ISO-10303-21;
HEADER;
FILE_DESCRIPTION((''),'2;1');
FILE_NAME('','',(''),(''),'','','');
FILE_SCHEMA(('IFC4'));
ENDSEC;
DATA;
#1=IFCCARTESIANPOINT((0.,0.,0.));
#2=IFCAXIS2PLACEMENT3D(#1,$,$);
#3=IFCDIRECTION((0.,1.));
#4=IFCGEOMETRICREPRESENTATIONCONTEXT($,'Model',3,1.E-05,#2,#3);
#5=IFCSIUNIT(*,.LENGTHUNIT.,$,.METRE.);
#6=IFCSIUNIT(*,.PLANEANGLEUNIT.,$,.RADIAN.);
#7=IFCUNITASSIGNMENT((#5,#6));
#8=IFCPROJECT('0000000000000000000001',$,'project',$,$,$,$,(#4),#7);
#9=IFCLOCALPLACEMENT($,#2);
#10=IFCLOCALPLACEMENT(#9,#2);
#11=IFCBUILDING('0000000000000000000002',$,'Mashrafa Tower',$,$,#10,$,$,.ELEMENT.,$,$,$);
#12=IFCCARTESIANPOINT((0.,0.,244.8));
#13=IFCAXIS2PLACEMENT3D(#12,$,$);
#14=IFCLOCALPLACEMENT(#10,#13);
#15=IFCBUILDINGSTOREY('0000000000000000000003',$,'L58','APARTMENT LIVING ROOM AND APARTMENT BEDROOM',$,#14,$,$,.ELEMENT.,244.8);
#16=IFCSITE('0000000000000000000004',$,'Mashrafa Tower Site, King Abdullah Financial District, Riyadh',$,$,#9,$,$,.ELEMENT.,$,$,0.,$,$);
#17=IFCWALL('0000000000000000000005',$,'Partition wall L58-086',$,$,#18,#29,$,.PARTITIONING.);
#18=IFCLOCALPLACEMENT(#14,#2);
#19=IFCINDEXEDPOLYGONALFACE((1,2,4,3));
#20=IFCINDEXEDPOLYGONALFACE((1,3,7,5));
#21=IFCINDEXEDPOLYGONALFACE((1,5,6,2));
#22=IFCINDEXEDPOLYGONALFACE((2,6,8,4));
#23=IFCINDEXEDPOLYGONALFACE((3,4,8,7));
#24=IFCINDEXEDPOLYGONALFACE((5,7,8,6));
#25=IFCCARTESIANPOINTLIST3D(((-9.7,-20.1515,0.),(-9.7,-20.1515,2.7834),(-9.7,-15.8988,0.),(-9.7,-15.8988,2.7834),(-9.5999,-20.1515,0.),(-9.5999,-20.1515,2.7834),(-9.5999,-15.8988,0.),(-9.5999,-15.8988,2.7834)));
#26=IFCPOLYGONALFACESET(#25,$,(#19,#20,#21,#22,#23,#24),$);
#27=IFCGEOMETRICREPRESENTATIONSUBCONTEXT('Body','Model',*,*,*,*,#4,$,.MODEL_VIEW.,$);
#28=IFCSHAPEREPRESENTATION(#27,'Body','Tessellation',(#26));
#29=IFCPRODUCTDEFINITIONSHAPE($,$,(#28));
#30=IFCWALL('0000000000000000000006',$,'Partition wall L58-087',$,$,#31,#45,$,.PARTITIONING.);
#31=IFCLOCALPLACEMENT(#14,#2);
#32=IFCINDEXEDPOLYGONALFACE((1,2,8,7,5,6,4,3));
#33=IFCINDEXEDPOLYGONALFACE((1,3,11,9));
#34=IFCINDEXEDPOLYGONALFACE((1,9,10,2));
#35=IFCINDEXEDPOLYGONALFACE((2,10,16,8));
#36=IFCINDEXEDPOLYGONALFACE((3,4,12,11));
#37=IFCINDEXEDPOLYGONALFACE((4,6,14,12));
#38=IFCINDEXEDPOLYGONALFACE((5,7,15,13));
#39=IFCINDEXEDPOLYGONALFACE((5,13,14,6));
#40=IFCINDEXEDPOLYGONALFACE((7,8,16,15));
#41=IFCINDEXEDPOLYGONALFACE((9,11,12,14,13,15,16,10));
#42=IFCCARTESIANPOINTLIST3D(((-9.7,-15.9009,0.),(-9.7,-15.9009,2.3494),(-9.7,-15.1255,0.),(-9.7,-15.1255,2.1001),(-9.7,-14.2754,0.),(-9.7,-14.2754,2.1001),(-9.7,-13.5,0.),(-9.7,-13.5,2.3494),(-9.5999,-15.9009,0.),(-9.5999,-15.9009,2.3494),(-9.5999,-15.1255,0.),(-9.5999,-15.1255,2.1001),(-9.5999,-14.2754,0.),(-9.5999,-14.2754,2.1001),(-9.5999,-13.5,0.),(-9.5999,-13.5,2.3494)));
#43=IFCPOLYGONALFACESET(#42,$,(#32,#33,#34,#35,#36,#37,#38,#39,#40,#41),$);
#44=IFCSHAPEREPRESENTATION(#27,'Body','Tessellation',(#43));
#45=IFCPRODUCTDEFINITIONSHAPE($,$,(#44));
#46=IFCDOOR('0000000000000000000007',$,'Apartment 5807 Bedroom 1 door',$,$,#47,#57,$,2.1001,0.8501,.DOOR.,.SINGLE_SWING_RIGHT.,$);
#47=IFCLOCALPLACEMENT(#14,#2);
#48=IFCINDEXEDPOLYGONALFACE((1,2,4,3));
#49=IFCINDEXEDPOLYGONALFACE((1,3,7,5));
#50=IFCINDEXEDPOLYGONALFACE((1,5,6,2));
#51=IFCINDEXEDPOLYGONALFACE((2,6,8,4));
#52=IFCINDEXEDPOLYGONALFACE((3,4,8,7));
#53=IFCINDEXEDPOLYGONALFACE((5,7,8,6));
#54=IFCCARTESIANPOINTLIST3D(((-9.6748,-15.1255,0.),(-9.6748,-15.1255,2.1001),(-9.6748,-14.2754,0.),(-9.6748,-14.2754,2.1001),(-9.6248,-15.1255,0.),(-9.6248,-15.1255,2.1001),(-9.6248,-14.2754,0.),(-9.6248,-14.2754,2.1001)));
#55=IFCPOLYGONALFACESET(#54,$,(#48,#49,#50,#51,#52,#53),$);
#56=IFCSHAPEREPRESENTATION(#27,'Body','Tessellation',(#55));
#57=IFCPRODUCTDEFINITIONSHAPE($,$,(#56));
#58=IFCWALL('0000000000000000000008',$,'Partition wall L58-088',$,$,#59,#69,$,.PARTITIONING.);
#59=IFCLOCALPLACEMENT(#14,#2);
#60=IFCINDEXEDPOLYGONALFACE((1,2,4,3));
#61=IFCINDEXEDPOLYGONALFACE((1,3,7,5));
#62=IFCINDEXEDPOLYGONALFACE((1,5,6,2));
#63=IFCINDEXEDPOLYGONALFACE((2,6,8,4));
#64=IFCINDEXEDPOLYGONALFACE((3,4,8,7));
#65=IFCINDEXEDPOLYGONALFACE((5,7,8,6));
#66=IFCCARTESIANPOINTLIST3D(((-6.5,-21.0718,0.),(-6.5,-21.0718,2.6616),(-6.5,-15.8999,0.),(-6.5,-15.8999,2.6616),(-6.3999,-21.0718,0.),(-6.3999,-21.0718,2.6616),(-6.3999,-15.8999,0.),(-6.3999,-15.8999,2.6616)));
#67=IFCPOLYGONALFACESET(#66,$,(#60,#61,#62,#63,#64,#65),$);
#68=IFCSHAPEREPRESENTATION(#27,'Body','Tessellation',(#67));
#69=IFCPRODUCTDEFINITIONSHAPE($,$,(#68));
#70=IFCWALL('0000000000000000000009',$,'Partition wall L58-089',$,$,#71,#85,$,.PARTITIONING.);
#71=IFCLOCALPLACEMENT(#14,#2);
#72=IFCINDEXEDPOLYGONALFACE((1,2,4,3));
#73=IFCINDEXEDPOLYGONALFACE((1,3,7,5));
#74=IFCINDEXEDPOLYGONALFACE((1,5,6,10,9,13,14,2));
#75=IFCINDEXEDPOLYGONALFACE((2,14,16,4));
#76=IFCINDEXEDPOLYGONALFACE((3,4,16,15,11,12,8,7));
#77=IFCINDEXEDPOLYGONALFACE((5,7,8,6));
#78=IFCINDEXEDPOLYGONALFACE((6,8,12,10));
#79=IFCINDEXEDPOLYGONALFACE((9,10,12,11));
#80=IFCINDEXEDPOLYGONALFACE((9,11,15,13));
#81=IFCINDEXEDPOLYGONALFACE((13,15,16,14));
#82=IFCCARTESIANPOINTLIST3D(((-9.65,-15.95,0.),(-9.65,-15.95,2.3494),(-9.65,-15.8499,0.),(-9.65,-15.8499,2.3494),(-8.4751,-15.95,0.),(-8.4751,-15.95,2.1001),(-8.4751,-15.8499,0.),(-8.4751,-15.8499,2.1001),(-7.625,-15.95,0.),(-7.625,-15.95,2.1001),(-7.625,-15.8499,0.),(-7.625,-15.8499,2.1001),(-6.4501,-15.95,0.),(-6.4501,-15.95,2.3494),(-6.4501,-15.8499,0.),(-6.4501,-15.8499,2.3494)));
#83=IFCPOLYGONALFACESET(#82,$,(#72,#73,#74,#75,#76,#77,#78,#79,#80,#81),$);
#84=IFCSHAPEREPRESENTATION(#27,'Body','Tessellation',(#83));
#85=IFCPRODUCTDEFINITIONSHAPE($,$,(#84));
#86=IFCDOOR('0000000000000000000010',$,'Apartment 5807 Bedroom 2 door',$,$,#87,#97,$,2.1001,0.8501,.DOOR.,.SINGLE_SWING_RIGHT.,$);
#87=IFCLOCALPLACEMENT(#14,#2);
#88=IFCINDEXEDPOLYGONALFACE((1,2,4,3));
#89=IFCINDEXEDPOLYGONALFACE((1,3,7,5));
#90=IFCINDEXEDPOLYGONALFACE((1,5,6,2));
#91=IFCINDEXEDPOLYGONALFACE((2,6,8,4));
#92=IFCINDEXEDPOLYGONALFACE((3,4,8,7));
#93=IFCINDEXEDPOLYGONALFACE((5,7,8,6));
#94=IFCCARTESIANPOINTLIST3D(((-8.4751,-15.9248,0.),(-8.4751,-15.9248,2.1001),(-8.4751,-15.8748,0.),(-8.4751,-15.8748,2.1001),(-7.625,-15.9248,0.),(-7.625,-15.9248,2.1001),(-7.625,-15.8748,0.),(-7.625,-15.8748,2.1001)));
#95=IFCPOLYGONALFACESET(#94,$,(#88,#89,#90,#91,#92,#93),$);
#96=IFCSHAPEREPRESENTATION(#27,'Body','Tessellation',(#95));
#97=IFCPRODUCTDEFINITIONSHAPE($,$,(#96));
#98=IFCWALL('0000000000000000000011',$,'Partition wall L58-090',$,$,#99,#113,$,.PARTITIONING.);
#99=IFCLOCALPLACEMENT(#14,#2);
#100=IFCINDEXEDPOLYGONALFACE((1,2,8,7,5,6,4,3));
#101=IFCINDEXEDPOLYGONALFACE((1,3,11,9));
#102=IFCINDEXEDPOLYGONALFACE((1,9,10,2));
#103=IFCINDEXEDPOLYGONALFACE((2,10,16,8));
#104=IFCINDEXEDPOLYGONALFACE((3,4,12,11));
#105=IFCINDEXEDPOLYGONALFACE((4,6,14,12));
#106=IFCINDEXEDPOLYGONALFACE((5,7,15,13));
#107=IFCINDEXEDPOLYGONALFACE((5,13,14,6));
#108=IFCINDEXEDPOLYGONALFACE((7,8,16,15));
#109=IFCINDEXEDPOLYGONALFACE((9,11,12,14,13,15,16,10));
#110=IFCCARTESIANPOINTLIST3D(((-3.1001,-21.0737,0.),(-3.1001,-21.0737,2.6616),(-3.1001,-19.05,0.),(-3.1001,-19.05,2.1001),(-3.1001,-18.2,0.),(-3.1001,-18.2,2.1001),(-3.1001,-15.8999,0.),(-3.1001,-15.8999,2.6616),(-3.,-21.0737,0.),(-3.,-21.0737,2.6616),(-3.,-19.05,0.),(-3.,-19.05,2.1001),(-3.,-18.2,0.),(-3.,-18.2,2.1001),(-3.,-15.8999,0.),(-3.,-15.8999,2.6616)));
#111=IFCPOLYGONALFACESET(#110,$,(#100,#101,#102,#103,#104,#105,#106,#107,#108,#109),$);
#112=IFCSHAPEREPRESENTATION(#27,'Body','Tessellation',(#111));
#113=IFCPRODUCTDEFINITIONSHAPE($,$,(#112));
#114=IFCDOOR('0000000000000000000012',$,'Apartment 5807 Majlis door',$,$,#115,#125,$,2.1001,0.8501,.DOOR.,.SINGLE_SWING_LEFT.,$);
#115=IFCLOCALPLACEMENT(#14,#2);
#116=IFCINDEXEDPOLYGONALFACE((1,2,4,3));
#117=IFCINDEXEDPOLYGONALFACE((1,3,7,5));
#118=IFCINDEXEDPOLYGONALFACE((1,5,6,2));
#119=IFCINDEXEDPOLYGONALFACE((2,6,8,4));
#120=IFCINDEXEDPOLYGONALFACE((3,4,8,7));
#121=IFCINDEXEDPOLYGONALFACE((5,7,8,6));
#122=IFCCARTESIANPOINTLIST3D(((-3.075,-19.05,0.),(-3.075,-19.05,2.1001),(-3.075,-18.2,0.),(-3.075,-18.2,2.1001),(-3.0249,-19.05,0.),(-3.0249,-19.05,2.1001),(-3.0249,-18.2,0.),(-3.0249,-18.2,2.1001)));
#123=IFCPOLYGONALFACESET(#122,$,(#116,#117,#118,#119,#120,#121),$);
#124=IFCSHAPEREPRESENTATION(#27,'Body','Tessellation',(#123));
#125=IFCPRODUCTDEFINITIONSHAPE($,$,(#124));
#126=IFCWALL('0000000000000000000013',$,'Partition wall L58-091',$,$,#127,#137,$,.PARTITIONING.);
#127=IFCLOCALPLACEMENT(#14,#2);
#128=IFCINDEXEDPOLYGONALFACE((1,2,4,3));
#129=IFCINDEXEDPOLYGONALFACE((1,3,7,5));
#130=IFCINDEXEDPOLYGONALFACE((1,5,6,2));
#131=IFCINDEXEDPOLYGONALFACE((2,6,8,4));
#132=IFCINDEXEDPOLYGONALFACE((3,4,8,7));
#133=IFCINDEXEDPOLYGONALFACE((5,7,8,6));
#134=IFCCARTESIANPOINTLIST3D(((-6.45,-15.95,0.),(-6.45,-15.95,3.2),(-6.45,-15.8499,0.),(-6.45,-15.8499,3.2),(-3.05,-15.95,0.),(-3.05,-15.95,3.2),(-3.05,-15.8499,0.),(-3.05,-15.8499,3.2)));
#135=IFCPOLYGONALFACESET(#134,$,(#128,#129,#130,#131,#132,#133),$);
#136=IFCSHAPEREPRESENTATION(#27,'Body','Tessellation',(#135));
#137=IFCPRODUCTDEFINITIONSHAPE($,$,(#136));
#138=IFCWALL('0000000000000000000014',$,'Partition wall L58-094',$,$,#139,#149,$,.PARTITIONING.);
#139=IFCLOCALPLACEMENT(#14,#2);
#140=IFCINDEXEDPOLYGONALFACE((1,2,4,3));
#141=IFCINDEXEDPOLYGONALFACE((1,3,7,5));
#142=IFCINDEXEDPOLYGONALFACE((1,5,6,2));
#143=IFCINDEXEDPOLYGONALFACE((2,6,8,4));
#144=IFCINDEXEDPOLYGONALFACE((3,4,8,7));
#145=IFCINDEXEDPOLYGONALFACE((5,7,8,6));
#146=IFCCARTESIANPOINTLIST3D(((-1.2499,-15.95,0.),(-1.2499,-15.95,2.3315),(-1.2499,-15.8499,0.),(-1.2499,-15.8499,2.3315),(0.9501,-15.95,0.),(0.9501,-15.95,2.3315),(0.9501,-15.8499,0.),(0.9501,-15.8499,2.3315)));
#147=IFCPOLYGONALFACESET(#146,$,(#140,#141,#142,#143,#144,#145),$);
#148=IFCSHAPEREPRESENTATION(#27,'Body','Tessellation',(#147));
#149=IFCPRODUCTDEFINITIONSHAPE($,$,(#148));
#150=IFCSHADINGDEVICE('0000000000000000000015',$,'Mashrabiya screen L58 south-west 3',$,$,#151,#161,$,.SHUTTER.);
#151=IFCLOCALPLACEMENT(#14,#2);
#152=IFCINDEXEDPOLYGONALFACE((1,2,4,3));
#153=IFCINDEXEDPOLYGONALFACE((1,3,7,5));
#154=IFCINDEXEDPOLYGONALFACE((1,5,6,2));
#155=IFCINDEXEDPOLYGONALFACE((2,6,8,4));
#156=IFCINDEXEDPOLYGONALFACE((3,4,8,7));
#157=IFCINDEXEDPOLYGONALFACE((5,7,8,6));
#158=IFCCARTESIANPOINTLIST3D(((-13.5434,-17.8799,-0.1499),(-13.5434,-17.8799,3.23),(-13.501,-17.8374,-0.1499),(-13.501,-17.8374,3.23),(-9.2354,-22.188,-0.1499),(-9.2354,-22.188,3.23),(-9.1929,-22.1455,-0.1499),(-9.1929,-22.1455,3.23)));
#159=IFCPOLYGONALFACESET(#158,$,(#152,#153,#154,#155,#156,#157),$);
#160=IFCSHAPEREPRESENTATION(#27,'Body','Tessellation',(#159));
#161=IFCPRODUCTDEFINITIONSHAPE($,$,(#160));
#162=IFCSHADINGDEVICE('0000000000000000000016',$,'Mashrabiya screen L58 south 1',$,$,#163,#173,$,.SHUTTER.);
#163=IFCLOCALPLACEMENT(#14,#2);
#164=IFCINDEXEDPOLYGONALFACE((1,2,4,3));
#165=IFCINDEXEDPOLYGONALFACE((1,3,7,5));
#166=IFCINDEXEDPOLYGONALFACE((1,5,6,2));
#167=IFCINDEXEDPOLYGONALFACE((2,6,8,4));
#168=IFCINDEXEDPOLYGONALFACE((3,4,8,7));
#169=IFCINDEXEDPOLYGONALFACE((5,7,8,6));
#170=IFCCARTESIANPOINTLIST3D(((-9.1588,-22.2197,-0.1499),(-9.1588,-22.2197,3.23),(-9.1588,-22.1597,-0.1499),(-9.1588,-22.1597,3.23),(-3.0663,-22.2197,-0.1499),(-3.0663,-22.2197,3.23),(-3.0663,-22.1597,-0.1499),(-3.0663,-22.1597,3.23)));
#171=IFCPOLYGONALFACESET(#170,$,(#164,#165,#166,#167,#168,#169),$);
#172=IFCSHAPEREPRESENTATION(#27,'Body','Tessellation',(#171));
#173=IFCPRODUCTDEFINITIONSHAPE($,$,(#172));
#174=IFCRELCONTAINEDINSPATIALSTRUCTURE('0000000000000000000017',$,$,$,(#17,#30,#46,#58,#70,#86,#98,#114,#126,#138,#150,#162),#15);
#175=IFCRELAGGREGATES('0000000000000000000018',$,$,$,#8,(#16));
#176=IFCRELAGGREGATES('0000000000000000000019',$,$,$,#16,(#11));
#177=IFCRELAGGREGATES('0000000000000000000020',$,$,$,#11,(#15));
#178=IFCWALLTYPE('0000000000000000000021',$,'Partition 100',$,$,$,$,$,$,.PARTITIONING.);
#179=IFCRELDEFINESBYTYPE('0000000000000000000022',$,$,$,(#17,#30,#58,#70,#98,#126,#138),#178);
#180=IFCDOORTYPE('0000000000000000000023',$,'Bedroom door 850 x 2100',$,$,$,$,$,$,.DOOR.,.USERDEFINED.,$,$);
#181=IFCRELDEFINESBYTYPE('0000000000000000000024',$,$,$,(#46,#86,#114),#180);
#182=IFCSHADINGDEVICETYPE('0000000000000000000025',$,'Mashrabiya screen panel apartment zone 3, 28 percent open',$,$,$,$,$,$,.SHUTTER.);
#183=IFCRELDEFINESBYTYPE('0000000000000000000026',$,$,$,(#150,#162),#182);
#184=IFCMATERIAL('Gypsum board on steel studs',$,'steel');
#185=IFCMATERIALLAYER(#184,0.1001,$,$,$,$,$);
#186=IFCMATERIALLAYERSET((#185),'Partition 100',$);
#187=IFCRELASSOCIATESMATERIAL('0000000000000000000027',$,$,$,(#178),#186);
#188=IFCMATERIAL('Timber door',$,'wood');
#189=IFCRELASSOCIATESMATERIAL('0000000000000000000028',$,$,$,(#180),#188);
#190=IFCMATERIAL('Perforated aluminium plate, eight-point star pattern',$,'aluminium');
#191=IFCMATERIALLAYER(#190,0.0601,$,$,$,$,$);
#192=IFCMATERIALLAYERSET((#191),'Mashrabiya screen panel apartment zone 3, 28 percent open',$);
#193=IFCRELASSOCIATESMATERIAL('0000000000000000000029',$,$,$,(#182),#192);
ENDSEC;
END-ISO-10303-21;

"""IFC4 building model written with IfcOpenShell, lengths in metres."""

from ifc_helpers import new_model, si_unit, direction, frame, frame_2d, origin, origin_2d, place, context, subcontext, project, spatial, rectangle, extrude, source, transform, mapped, material, layer, layer_set, type_object, type_shapes, element, fill, save


model = new_model("IFC4")

# Units and contexts
model_context = context("Model", 3, precision=1e-05, world=origin(), true_north=direction((0.0, 1.0)))
body_context = subcontext(model_context, "Body", "Model", "MODEL_VIEW")
ifc_project = project(units=[si_unit("LENGTHUNIT", "METRE"), si_unit("PLANEANGLEUNIT", "RADIAN")], contexts=[model_context])

# Site, building, storey
site_placement = place(None, origin())
site = spatial("IfcSite", under=ifc_project, at=site_placement, Name="Mashrafa Tower Site, King Abdullah Financial District, Riyadh", CompositionType="ELEMENT", RefElevation=0.0)
building_placement = place(site_placement, origin())
building = spatial("IfcBuilding", under=site, at=building_placement, Name="Mashrafa Tower", CompositionType="ELEMENT")
storey_placement = place(building_placement, frame((0.0, 0.0, 244.8)))
storey = spatial("IfcBuildingStorey", under=building, at=storey_placement, Name="L58", Description="APARTMENT LIVING ROOM AND APARTMENT BEDROOM", CompositionType="ELEMENT", Elevation=244.8)

# Wall
ifc_material_1 = material(Name="Gypsum board on steel studs", Category="steel")
ifc_layer_1 = layer(ifc_material_1, 0.1001)
ifc_layer_set_1 = layer_set([ifc_layer_1], Name="Partition 100")
wall_type = type_object("IfcWallType", Name="Partition 100", PredefinedType="PARTITIONING", material=ifc_layer_set_1)
wall_1_placement = place(storey_placement, frame((-9.6499, -20.1516, 0.0), z_axis=(0.0, 0.0, 1.0), x_axis=(0.0, 1.0, 0.0)))
element("IfcWall", 1, at=wall_1_placement, inside=storey, type_object=wall_type, Name="Partition wall L58-086", PredefinedType="PARTITIONING", context=body_context, shape_type="SweptSolid", body=[
    extrude(rectangle(XDim=4.2527, YDim=0.1001, at=frame_2d((2.1265, 0.0))), origin(), (0.0, 0.0, 1.0), 2.7834),
])

# Wall, opening, door
wall_2_placement = place(storey_placement, frame((-9.6499, -15.9009, 0.0), z_axis=(0.0, 0.0, 1.0), x_axis=(0.0, 1.0, 0.0)))
wall_2 = element("IfcWall", 2, at=wall_2_placement, inside=storey, type_object=wall_type, Name="Partition wall L58-087", PredefinedType="PARTITIONING", context=body_context, shape_type="SweptSolid", body=[
    extrude(rectangle(XDim=2.4009, YDim=0.1001, at=frame_2d((1.2004, 0.0))), origin(), (0.0, 0.0, 1.0), 2.3494),
])
opening_1_placement = place(wall_2_placement, frame((0.7754, 0.0, 0.0)))
opening_1 = element("IfcOpeningElement", 3, at=opening_1_placement, cuts=wall_2, PredefinedType="OPENING", context=body_context, shape_type="SweptSolid", body=[
    extrude(rectangle(XDim=0.8501, YDim=2.1001, at=frame_2d((0.425, 1.05))), frame((0.0, 0.0601, 0.0), z_axis=(0.0, -1.0, 0.0), x_axis=(1.0, 0.0, 0.0)), (0.0, 0.0, 1.0), 0.1201),
])
ifc_material_2 = material(Name="Timber door", Category="wood")
door_type = type_object("IfcDoorType", Name="Bedroom door 850 x 2100", OperationType="USERDEFINED", PredefinedType="DOOR", material=ifc_material_2)
door_1_placement = place(opening_1_placement, origin())
door_1 = element("IfcDoor", 4, at=door_1_placement, inside=storey, type_object=door_type, Name="Apartment 5807 Bedroom 1 door", OperationType="SINGLE_SWING_RIGHT", OverallHeight=2.1001, OverallWidth=0.8501, PredefinedType="DOOR", context=body_context, shape_type="SweptSolid", body=[
    extrude(rectangle(XDim=0.8501, YDim=2.1001, at=frame_2d((0.425, 1.05))), frame((0.0, 0.0249, 0.0), z_axis=(0.0, -1.0, 0.0), x_axis=(1.0, 0.0, 0.0)), (0.0, 0.0, 1.0), 0.05),
])
fill(opening_1, door_1)

# Wall
wall_3_placement = place(storey_placement, frame((-6.45, -21.0718, 0.0), z_axis=(0.0, 0.0, 1.0), x_axis=(0.0, 1.0, 0.0)))
element("IfcWall", 5, at=wall_3_placement, inside=storey, type_object=wall_type, Name="Partition wall L58-088", PredefinedType="PARTITIONING", context=body_context, shape_type="SweptSolid", body=[
    extrude(rectangle(XDim=5.1719, YDim=0.1001, at=frame_2d((2.5859, 0.0))), origin(), (0.0, 0.0, 1.0), 2.6616),
])

# Walls, openings, doors
wall_4_placement = place(storey_placement, frame((-6.45, -15.8999, 0.0), z_axis=(0.0, 0.0, 1.0), x_axis=(-1.0, 0.0, 0.0)))
wall_4 = element("IfcWall", 6, at=wall_4_placement, inside=storey, type_object=wall_type, Name="Partition wall L58-089", PredefinedType="PARTITIONING", context=body_context, shape_type="SweptSolid", body=[
    extrude(rectangle(XDim=3.2, YDim=0.1001, at=frame_2d((1.6001, 0.0))), origin(), (0.0, 0.0, 1.0), 2.3494),
])
opening_2_placement = place(wall_4_placement, frame((1.175, 0.0, 0.0)))
opening_2 = element("IfcOpeningElement", 7, at=opening_2_placement, cuts=wall_4, PredefinedType="OPENING", context=body_context, shape_type="SweptSolid", body=[
    extrude(rectangle(XDim=0.8501, YDim=2.1001, at=frame_2d((0.425, 1.05))), frame((0.0, 0.0601, 0.0), z_axis=(0.0, -1.0, 0.0), x_axis=(1.0, 0.0, 0.0)), (0.0, 0.0, 1.0), 0.1201),
])
door_2_placement = place(opening_2_placement, origin())
door_2 = element("IfcDoor", 8, at=door_2_placement, inside=storey, type_object=door_type, Name="Apartment 5807 Bedroom 2 door", OperationType="SINGLE_SWING_RIGHT", OverallHeight=2.1001, OverallWidth=0.8501, PredefinedType="DOOR", context=body_context, shape_type="SweptSolid", body=[
    extrude(rectangle(XDim=0.8501, YDim=2.1001, at=frame_2d((0.425, 1.05))), frame((0.0, 0.0249, 0.0), z_axis=(0.0, -1.0, 0.0), x_axis=(1.0, 0.0, 0.0)), (0.0, 0.0, 1.0), 0.05),
])
fill(opening_2, door_2)
wall_5_placement = place(storey_placement, frame((-3.05, -21.0737, 0.0), z_axis=(0.0, 0.0, 1.0), x_axis=(0.0, 1.0, 0.0)))
wall_5 = element("IfcWall", 9, at=wall_5_placement, inside=storey, type_object=wall_type, Name="Partition wall L58-090", PredefinedType="PARTITIONING", context=body_context, shape_type="SweptSolid", body=[
    extrude(rectangle(XDim=5.1738, YDim=0.1001, at=frame_2d((2.5869, 0.0))), origin(), (0.0, 0.0, 1.0), 2.6616),
])
opening_3_placement = place(wall_5_placement, frame((2.0237, 0.0, 0.0)))
opening_3 = element("IfcOpeningElement", 10, at=opening_3_placement, cuts=wall_5, PredefinedType="OPENING", context=body_context, shape_type="SweptSolid", body=[
    extrude(rectangle(XDim=0.8501, YDim=2.1001, at=frame_2d((0.425, 1.05))), frame((0.0, 0.0601, 0.0), z_axis=(0.0, -1.0, 0.0), x_axis=(1.0, 0.0, 0.0)), (0.0, 0.0, 1.0), 0.1201),
])
door_3_placement = place(opening_3_placement, origin())
door_3 = element("IfcDoor", 11, at=door_3_placement, inside=storey, type_object=door_type, Name="Apartment 5807 Majlis door", OperationType="SINGLE_SWING_LEFT", OverallHeight=2.1001, OverallWidth=0.8501, PredefinedType="DOOR", context=body_context, shape_type="SweptSolid", body=[
    extrude(rectangle(XDim=0.8501, YDim=2.1001, at=frame_2d((0.425, 1.05))), frame((0.0, 0.0249, 0.0), z_axis=(0.0, -1.0, 0.0), x_axis=(1.0, 0.0, 0.0)), (0.0, 0.0, 1.0), 0.05),
])
fill(opening_3, door_3)

# Walls
wall_6_placement = place(storey_placement, frame((-3.05, -15.8999, 0.0), z_axis=(0.0, 0.0, 1.0), x_axis=(-1.0, 0.0, 0.0)))
element("IfcWall", 12, at=wall_6_placement, inside=storey, type_object=wall_type, Name="Partition wall L58-091", PredefinedType="PARTITIONING", context=body_context, shape_type="SweptSolid", body=[
    extrude(rectangle(XDim=3.3999, YDim=0.1001, at=frame_2d((1.7, 0.0))), origin(), (0.0, 0.0, 1.0), 3.2),
])
wall_7_placement = place(storey_placement, frame((-1.25, -15.8999, 0.0), z_axis=(0.0, 0.0, 1.0), x_axis=(1.0, 0.0, 0.0)))
element("IfcWall", 13, at=wall_7_placement, inside=storey, type_object=wall_type, Name="Partition wall L58-094", PredefinedType="PARTITIONING", context=body_context, shape_type="SweptSolid", body=[
    extrude(rectangle(XDim=2.2, YDim=0.1001, at=frame_2d((1.1001, 0.0))), origin(), (0.0, 0.0, 1.0), 2.3315),
])

# Shading devices
ifc_material_3 = material(Name="Perforated aluminium plate, eight-point star pattern", Category="aluminium")
ifc_layer_2 = layer(ifc_material_3, 0.0601)
ifc_layer_set_2 = layer_set([ifc_layer_2], Name="Mashrabiya screen panel apartment zone 3, 28 percent open")
shading_device_type = type_object("IfcShadingDeviceType", Name="Mashrabiya screen panel apartment zone 3, 28 percent open", PredefinedType="SHUTTER", material=ifc_layer_set_2)
shared_shape_1 = source(origin(), body_context, "Body", "SweptSolid", [
    extrude(rectangle(XDim=6.0925, YDim=0.0601, at=origin_2d()), origin(), (0.0, 0.0, 1.0), 3.3799),
])
type_shapes(shading_device_type, [shared_shape_1])
for number, where, z_axis, x_axis, name in (
    (14, (-11.3682, -20.0127, -0.1499), (0.0, 0.0, 1.0), (0.707107, -0.707107, 0.0), "Mashrabiya screen L58 south-west 3"),
    (15, (-6.1125, -22.1897, -0.1499), (0.0, 0.0, 1.0), (1.0, 0.0, 0.0), "Mashrabiya screen L58 south 1"),
):
    element("IfcShadingDevice", number, at=place(storey_placement, frame(where, z_axis=z_axis, x_axis=x_axis)), inside=storey, type_object=shading_device_type, Name=name, PredefinedType="SHUTTER", context=body_context, shape_type="MappedRepresentation", body=[
        mapped(shared_shape_1, transform((0.0, 0.0, 0.0))),
    ])

save(model, "model.ifc")
